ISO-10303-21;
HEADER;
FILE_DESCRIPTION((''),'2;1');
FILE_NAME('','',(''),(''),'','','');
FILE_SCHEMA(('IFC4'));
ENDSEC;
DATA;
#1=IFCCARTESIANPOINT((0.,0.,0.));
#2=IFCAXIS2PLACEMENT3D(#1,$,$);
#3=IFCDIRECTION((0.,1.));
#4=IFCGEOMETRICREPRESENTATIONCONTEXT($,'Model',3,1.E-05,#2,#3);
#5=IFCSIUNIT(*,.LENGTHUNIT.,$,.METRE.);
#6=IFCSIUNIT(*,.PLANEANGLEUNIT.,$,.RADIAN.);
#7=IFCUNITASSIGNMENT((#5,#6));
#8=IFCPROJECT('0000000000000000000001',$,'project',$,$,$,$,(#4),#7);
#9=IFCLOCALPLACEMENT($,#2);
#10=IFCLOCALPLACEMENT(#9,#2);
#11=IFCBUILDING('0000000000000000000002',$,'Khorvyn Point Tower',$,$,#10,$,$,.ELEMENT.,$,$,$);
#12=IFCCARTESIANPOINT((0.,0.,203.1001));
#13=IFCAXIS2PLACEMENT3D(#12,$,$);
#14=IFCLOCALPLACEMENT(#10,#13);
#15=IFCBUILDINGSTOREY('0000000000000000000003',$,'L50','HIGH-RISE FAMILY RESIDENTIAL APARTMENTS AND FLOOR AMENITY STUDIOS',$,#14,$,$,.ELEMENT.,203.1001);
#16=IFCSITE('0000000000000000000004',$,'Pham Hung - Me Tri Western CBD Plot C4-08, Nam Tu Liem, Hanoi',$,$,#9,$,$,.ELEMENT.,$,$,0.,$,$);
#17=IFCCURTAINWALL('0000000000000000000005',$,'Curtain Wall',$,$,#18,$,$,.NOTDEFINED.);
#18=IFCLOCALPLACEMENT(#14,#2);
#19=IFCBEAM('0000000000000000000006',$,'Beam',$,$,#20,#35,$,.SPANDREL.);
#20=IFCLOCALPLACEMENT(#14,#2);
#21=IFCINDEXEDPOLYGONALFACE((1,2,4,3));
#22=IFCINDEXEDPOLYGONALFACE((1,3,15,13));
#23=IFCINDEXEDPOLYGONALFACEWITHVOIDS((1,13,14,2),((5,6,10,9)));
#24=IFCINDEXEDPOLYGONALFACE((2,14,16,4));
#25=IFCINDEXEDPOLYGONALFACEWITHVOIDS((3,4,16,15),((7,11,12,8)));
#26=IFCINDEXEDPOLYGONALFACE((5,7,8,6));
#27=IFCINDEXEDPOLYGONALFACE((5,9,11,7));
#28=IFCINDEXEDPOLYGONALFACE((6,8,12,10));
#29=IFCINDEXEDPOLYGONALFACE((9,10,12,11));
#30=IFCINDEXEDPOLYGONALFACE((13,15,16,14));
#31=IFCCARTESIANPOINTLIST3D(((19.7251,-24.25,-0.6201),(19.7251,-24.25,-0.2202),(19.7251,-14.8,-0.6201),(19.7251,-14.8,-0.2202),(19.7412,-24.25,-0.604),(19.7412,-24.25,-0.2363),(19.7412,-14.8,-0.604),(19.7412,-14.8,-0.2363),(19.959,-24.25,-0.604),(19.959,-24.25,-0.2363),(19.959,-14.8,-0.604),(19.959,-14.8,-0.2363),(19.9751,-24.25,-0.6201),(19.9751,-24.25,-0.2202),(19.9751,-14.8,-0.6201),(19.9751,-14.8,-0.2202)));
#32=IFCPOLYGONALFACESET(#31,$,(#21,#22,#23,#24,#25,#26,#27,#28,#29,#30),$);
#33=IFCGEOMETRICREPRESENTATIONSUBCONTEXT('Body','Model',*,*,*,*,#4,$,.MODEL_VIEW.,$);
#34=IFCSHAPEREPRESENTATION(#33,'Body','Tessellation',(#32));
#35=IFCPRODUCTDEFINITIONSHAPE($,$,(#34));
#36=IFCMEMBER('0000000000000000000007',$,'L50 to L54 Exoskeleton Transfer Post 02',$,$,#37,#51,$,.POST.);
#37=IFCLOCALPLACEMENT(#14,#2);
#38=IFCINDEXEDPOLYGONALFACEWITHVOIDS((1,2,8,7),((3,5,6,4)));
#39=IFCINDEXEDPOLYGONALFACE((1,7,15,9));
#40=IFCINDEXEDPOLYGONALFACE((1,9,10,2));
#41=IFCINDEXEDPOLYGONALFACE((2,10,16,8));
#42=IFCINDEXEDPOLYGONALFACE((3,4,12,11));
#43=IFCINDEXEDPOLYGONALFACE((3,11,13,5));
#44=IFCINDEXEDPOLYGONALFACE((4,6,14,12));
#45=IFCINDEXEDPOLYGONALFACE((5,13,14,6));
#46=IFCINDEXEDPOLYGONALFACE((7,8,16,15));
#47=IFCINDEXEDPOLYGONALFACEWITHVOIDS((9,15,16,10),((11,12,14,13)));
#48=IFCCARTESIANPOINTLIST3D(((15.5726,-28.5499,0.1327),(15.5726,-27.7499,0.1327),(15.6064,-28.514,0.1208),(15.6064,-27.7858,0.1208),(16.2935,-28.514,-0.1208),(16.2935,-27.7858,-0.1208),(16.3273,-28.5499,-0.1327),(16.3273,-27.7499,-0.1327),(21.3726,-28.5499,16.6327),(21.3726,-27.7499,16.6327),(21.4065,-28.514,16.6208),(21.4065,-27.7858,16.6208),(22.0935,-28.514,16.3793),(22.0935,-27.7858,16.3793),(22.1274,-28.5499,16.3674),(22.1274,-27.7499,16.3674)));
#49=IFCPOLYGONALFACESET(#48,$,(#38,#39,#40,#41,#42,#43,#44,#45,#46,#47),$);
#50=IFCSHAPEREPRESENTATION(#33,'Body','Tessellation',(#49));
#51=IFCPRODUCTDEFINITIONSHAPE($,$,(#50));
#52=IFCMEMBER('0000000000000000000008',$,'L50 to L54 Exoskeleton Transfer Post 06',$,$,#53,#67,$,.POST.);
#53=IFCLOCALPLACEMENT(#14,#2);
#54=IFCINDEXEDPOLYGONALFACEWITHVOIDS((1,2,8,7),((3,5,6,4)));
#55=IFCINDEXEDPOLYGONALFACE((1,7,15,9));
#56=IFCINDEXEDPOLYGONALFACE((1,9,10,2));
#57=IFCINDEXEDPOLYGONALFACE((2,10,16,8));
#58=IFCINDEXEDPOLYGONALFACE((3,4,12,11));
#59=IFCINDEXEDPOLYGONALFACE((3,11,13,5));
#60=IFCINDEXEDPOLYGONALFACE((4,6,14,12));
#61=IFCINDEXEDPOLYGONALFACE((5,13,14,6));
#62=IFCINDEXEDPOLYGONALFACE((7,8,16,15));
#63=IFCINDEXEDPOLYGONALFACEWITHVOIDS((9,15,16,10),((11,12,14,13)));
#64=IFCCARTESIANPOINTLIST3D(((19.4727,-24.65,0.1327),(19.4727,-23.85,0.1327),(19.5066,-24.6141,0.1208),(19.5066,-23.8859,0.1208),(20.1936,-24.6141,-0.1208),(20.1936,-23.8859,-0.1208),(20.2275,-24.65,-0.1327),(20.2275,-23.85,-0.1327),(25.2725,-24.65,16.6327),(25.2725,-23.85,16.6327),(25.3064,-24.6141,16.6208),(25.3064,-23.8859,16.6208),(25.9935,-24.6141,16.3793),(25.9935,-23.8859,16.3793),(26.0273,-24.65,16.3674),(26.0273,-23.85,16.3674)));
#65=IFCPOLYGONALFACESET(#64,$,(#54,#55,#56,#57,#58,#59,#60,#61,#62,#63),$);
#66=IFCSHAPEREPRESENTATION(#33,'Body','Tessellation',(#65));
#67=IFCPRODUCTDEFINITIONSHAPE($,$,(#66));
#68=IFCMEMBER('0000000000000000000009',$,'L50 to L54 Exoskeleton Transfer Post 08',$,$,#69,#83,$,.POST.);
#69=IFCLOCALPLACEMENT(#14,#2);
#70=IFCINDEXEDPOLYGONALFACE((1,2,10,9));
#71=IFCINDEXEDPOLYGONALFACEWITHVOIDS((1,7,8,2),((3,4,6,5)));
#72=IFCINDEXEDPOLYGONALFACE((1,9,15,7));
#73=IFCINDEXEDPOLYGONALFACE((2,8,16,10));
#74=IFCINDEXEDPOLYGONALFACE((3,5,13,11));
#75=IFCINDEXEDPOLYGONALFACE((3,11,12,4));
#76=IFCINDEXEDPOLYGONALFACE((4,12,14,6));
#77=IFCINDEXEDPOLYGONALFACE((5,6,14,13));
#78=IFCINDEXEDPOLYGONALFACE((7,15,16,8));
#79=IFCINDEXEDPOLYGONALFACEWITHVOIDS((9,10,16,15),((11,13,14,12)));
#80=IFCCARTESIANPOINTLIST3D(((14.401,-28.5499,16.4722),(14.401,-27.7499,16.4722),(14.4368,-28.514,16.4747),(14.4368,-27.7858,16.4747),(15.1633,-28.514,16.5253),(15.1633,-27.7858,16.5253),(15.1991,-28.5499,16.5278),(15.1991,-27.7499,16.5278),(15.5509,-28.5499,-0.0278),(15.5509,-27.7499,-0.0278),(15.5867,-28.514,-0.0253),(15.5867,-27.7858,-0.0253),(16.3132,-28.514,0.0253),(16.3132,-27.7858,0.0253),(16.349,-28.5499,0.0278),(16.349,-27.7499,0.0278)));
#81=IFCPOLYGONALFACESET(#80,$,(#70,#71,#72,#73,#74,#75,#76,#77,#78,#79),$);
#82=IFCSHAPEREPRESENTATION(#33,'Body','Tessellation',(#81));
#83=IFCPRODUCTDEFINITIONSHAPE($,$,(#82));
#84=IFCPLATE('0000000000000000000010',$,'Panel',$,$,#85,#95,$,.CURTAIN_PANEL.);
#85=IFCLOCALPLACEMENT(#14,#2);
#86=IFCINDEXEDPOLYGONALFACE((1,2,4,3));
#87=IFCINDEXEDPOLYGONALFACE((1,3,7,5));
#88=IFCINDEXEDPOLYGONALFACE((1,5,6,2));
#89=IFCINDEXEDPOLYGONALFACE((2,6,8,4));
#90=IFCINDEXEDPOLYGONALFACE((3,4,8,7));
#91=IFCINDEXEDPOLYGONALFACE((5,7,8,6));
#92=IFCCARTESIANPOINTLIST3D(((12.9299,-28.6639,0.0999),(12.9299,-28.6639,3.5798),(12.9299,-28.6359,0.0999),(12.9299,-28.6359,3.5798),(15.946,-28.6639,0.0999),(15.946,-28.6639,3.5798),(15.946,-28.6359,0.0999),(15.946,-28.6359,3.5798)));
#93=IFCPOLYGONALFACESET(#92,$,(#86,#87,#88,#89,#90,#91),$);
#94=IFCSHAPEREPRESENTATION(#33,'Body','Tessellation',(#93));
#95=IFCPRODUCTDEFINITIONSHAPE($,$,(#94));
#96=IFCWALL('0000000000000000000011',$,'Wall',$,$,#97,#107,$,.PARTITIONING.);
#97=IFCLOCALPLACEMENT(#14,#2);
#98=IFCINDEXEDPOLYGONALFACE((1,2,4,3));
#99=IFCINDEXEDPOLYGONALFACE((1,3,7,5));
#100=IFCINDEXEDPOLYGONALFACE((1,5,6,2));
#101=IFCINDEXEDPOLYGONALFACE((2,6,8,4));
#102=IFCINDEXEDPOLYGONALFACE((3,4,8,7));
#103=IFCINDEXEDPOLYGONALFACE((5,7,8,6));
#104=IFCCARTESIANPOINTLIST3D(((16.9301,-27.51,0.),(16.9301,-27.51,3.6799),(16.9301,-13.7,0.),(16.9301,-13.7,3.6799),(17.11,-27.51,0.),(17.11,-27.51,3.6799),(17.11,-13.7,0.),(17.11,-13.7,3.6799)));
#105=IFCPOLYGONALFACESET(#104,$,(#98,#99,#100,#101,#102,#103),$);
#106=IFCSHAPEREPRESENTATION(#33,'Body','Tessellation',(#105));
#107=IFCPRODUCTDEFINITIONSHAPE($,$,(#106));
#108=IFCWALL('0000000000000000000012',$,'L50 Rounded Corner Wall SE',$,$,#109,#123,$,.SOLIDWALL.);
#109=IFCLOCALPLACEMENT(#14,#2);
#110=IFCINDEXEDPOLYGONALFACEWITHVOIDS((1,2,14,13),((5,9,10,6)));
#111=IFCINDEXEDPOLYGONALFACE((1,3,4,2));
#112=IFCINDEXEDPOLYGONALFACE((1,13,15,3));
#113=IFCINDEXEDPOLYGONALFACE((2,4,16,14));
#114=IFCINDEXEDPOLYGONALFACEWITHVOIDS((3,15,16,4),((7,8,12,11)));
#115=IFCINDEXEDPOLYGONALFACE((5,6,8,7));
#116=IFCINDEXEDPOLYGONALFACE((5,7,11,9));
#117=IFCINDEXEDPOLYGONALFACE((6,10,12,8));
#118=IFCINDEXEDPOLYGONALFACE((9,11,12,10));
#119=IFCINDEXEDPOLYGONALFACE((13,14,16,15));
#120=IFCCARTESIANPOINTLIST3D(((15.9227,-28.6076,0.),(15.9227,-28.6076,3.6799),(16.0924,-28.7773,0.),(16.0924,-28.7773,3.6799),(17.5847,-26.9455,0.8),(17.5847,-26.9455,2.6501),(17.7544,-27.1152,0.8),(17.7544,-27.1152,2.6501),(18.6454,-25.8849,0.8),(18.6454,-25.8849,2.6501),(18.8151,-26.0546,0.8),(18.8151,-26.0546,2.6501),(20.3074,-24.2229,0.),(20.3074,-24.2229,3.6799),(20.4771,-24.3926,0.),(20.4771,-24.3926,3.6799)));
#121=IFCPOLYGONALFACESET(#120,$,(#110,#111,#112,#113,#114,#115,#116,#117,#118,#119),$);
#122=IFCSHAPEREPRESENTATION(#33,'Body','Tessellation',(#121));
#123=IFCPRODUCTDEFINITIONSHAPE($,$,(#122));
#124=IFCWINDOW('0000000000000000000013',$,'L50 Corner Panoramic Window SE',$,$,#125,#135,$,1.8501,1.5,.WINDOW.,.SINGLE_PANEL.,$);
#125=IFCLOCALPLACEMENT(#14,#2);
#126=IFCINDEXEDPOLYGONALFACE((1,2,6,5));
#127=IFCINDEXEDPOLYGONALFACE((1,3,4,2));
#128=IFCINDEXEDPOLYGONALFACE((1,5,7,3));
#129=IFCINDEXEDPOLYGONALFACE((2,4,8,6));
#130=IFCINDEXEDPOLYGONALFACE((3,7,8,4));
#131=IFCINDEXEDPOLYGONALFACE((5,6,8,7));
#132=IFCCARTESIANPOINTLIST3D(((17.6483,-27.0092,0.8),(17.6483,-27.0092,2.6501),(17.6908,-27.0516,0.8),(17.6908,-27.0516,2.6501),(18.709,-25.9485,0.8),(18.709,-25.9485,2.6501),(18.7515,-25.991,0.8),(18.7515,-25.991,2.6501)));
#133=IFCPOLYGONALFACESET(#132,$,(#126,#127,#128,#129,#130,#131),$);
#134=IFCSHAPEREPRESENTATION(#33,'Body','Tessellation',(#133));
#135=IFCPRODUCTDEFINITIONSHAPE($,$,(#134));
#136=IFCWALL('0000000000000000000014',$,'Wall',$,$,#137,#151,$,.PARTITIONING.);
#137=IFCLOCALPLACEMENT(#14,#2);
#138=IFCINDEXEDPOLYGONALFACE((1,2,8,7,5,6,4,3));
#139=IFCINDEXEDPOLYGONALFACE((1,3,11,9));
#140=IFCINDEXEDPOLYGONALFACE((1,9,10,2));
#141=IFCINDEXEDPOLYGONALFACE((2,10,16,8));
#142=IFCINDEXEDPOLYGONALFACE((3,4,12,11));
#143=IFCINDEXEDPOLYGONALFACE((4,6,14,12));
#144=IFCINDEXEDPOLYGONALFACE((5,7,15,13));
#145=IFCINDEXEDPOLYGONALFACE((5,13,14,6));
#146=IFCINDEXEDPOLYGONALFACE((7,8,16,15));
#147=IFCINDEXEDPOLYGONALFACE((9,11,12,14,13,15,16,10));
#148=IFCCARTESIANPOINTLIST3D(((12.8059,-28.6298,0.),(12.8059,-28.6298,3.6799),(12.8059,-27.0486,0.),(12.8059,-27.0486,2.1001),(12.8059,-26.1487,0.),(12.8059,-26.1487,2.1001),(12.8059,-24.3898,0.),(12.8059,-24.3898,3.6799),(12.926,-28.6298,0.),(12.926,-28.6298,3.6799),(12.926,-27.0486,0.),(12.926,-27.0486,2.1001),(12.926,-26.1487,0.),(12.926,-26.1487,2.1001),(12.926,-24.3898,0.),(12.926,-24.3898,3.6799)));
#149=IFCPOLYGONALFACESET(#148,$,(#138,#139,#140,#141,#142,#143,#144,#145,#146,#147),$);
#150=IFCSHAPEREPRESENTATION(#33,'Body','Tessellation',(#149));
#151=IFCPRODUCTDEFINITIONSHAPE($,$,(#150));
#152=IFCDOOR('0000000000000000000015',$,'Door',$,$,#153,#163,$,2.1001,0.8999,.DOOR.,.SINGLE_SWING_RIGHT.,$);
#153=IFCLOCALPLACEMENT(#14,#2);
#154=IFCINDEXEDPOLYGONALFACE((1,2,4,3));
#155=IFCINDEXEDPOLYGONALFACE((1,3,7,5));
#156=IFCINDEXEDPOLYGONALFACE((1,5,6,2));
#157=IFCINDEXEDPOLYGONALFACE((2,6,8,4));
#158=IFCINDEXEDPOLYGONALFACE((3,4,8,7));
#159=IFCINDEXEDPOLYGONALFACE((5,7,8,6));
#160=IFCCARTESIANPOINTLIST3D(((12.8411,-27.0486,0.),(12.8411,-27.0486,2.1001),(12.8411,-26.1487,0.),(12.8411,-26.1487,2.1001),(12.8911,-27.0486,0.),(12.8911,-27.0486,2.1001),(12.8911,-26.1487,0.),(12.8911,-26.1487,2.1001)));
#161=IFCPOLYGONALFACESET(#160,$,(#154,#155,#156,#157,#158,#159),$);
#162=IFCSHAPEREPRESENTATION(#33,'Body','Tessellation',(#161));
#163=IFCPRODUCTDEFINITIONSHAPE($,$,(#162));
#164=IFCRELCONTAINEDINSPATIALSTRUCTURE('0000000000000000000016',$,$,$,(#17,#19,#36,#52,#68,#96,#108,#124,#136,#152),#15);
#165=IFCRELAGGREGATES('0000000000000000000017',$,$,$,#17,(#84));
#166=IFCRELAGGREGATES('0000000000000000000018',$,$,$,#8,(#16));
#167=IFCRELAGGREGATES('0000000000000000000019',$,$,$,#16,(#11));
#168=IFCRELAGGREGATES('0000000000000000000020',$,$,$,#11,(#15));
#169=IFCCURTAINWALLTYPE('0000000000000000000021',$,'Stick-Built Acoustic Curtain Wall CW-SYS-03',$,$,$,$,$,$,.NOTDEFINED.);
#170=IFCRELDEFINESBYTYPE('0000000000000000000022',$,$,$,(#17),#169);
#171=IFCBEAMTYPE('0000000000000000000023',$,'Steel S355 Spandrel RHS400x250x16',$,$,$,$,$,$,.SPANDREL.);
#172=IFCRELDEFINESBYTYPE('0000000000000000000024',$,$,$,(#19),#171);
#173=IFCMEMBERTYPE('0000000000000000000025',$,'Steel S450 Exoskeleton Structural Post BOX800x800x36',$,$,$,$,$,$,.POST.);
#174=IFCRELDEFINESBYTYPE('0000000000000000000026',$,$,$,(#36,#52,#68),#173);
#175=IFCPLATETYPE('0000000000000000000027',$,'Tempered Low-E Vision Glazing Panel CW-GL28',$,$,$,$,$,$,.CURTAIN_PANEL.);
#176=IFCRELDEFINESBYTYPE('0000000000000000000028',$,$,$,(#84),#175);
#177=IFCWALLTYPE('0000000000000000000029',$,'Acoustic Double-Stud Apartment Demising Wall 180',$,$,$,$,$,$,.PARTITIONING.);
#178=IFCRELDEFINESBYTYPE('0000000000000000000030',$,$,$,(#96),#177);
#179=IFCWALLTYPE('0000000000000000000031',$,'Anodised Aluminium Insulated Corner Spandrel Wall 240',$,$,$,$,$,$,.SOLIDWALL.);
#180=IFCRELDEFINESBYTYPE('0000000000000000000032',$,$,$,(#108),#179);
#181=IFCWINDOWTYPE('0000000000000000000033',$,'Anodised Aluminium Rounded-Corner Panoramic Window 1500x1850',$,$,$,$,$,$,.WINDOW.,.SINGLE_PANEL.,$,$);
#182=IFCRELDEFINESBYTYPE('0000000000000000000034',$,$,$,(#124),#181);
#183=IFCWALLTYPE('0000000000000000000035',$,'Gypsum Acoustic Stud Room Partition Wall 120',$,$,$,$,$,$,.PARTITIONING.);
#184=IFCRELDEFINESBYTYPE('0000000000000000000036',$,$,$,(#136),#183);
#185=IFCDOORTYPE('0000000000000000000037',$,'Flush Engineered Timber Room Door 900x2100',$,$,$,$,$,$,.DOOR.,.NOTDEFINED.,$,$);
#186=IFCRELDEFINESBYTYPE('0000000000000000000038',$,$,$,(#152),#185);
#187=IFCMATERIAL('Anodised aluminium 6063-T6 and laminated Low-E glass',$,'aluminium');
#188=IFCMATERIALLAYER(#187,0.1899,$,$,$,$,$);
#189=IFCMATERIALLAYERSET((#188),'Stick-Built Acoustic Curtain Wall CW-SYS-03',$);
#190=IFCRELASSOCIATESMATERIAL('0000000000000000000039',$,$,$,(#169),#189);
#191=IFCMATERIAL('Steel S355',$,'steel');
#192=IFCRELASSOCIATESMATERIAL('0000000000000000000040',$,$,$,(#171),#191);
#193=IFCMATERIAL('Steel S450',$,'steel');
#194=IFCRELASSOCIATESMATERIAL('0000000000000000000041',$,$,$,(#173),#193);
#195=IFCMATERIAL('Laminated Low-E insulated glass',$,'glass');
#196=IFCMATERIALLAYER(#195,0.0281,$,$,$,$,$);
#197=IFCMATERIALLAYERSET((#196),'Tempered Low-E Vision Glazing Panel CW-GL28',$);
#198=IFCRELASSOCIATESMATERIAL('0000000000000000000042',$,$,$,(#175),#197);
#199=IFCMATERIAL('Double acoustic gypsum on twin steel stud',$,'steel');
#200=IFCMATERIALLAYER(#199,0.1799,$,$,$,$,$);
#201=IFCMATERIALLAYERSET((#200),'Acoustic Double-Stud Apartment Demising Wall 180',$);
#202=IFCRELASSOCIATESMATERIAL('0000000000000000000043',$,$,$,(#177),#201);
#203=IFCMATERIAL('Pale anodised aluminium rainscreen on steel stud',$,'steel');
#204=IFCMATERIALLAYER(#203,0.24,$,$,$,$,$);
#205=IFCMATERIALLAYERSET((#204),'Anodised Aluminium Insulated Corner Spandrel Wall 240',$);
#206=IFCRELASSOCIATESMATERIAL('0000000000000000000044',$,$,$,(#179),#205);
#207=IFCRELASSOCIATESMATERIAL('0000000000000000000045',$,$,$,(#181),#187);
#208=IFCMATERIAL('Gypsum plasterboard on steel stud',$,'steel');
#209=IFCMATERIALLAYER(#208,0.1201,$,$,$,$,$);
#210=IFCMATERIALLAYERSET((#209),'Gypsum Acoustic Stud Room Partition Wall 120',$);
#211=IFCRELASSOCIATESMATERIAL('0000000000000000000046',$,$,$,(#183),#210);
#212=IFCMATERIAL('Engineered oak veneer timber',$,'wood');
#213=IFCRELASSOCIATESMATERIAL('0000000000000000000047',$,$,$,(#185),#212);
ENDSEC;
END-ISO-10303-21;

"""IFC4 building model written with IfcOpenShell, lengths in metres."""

from ifc_helpers import new_model, si_unit, direction, frame, frame_2d, origin, origin_2d, place, context, subcontext, project, spatial, rectangle, hollow_rectangle, extrude, material, layer, layer_set, material_profile, profile_set, type_object, element, fill, aggregate, save


model = new_model("IFC4")

# Units and contexts
model_context = context("Model", 3, precision=1e-05, world=origin(), true_north=direction((0.0, 1.0)))
body_context = subcontext(model_context, "Body", "Model", "MODEL_VIEW")
ifc_project = project(units=[si_unit("LENGTHUNIT", "METRE"), si_unit("PLANEANGLEUNIT", "RADIAN")], contexts=[model_context])

# Site, building, storey
site_placement = place(None, origin())
site = spatial("IfcSite", under=ifc_project, at=site_placement, Name="Pham Hung - Me Tri Western CBD Plot C4-08, Nam Tu Liem, Hanoi", CompositionType="ELEMENT", RefElevation=0.0)
building_placement = place(site_placement, origin())
building = spatial("IfcBuilding", under=site, at=building_placement, Name="Khorvyn Point Tower", CompositionType="ELEMENT")
storey_placement = place(building_placement, frame((0.0, 0.0, 203.1001)))
storey = spatial("IfcBuildingStorey", under=building, at=storey_placement, Name="L50", Description="HIGH-RISE FAMILY RESIDENTIAL APARTMENTS AND FLOOR AMENITY STUDIOS", CompositionType="ELEMENT", Elevation=203.1001)

# Shared definitions
ifc_material_1 = material(Name="Steel S450", Category="steel")

# Curtain wall
ifc_material_2 = material(Name="Anodised aluminium 6063-T6 and laminated Low-E glass", Category="aluminium")
ifc_layer_1 = layer(ifc_material_2, 0.1899)
ifc_layer_set_1 = layer_set([ifc_layer_1], Name="Stick-Built Acoustic Curtain Wall CW-SYS-03")
curtain_wall_type = type_object("IfcCurtainWallType", Name="Stick-Built Acoustic Curtain Wall CW-SYS-03", PredefinedType="NOTDEFINED", material=ifc_layer_set_1)
curtain_wall_1_placement = place(storey_placement, origin())
curtain_wall_1 = element("IfcCurtainWall", 1, at=curtain_wall_1_placement, inside=storey, type_object=curtain_wall_type, Name="Curtain Wall", PredefinedType="NOTDEFINED")

# Beam
ifc_material_3 = material(Name="Steel S355", Category="steel")
ifc_material_profile_1 = material_profile(ifc_material_3, hollow_rectangle(XDim=0.25, YDim=0.3999, WallThickness=0.0161, at=origin_2d()))
ifc_profile_set_1 = profile_set([ifc_material_profile_1], Name="Steel S355 RHS400x250x16")
beam_type_1 = type_object("IfcBeamType", Name="Steel S355 Spandrel RHS400x250x16", PredefinedType="SPANDREL", material=ifc_profile_set_1)
beam_1_placement = place(storey_placement, frame((19.8501, -24.25, -0.4202), z_axis=(0.0, 1.0, 0.0), x_axis=(-1.0, 0.0, 0.0)))
element("IfcBeam", 2, at=beam_1_placement, inside=storey, type_object=beam_type_1, Name="Beam", PredefinedType="SPANDREL", context=body_context, shape_type="SweptSolid", body=[
    extrude(hollow_rectangle(XDim=0.25, YDim=0.3999, WallThickness=0.0161, at=origin_2d()), origin(), (0.0, 0.0, 1.0), 9.45),
])

# Members
ifc_material_profile_2 = material_profile(ifc_material_1, hollow_rectangle(XDim=0.8, YDim=0.8, WallThickness=0.0359, at=origin_2d()))
ifc_profile_set_2 = profile_set([ifc_material_profile_2], Name="Steel S450 BOX800x800x36")
member_type_1 = type_object("IfcMemberType", Name="Steel S450 Exoskeleton Structural Post BOX800x800x36", PredefinedType="POST", material=ifc_profile_set_2)
for number, where, z_axis, x_axis, name in (
    (3, (15.95, -28.1499, 0.0), (0.331626, 0.0, 0.943411), (0.0, 1.0, 0.0), "L50 to L54 Exoskeleton Transfer Post 02"),
    (4, (19.8501, -24.25, 0.0), (0.331614, 0.0, 0.943415), (0.0, 1.0, 0.0), "L50 to L54 Exoskeleton Transfer Post 06"),
):
    element("IfcMember", number, at=place(storey_placement, frame(where, z_axis=z_axis, x_axis=x_axis)), inside=storey, type_object=member_type_1, Name=name, PredefinedType="POST", context=body_context, shape_type="SweptSolid", body=[
        extrude(hollow_rectangle(XDim=0.8, YDim=0.8, WallThickness=0.0359, at=origin_2d()), origin(), (0.0, 0.0, 1.0), 17.4897),
    ])
member_1_placement = place(storey_placement, frame((15.95, -28.1499, 0.0), z_axis=(-0.069522, 0.0, 0.99758), x_axis=(0.0, -1.0, 0.0)))
element("IfcMember", 5, at=member_1_placement, inside=storey, type_object=member_type_1, Name="L50 to L54 Exoskeleton Transfer Post 08", PredefinedType="POST", context=body_context, shape_type="SweptSolid", body=[
    extrude(hollow_rectangle(XDim=0.8, YDim=0.8, WallThickness=0.0359, at=origin_2d()), origin(), (0.0, 0.0, 1.0), 16.54),
])

# Plate
ifc_material_4 = material(Name="Laminated Low-E insulated glass", Category="glass")
ifc_layer_2 = layer(ifc_material_4, 0.0281)
ifc_layer_set_2 = layer_set([ifc_layer_2], Name="Tempered Low-E Vision Glazing Panel CW-GL28")
plate_type = type_object("IfcPlateType", Name="Tempered Low-E Vision Glazing Panel CW-GL28", PredefinedType="CURTAIN_PANEL", material=ifc_layer_set_2)
plate_placement = place(storey_placement, frame((14.438, -28.6499, 0.0999), z_axis=(0.0, 0.0, 1.0), x_axis=(-1.0, 0.0, 0.0)))
plate = element("IfcPlate", 6, at=plate_placement, type_object=plate_type, Name="Panel", PredefinedType="CURTAIN_PANEL", context=body_context, shape_type="SweptSolid", body=[
    extrude(rectangle(XDim=3.0161, YDim=0.0281, at=origin_2d()), origin(), (0.0, 0.0, 1.0), 3.48),
])
aggregate(curtain_wall_1, [plate])

# Wall
ifc_material_5 = material(Name="Double acoustic gypsum on twin steel stud", Category="steel")
ifc_layer_3 = layer(ifc_material_5, 0.1799)
ifc_layer_set_3 = layer_set([ifc_layer_3], Name="Acoustic Double-Stud Apartment Demising Wall 180")
wall_type_1 = type_object("IfcWallType", Name="Acoustic Double-Stud Apartment Demising Wall 180", PredefinedType="PARTITIONING", material=ifc_layer_set_3)
wall_1_placement = place(storey_placement, frame((17.02, -27.51, 0.0), z_axis=(0.0, 0.0, 1.0), x_axis=(0.0, 1.0, 0.0)))
element("IfcWall", 7, at=wall_1_placement, inside=storey, type_object=wall_type_1, Name="Wall", PredefinedType="PARTITIONING", context=body_context, shape_type="SweptSolid", body=[
    extrude(rectangle(XDim=13.8101, YDim=0.1799, at=frame_2d((6.905, 0.0))), origin(), (0.0, 0.0, 1.0), 3.6799),
])

# Wall, opening, window
ifc_material_6 = material(Name="Pale anodised aluminium rainscreen on steel stud", Category="steel")
ifc_layer_4 = layer(ifc_material_6, 0.24)
ifc_layer_set_4 = layer_set([ifc_layer_4], Name="Anodised Aluminium Insulated Corner Spandrel Wall 240")
wall_type_2 = type_object("IfcWallType", Name="Anodised Aluminium Insulated Corner Spandrel Wall 240", PredefinedType="SOLIDWALL", material=ifc_layer_set_4)
wall_2_placement = place(storey_placement, frame((20.3923, -24.3076, 0.0), z_axis=(0.0, 0.0, 1.0), x_axis=(-0.707107, -0.707107, 0.0)))
wall_2 = element("IfcWall", 8, at=wall_2_placement, inside=storey, type_object=wall_type_2, Name="L50 Rounded Corner Wall SE", PredefinedType="SOLIDWALL", context=body_context, shape_type="SweptSolid", body=[
    extrude(rectangle(XDim=6.2009, YDim=0.24, at=frame_2d((3.1006, 0.0))), origin(), (0.0, 0.0, 1.0), 3.6799),
])
opening_1_placement = place(wall_2_placement, frame((2.3506, 0.0, 0.8)))
opening_1 = element("IfcOpeningElement", 9, at=opening_1_placement, cuts=wall_2, PredefinedType="OPENING", context=body_context, shape_type="SweptSolid", body=[
    extrude(rectangle(XDim=1.5, YDim=1.8501, at=frame_2d((0.75, 0.925))), frame((0.0, 0.1299, 0.0), z_axis=(0.0, -1.0, 0.0), x_axis=(1.0, 0.0, 0.0)), (0.0, 0.0, 1.0), 0.26),
])
window_type = type_object("IfcWindowType", Name="Anodised Aluminium Rounded-Corner Panoramic Window 1500x1850", PartitioningType="SINGLE_PANEL", PredefinedType="WINDOW", material=ifc_material_2)
window_placement = place(opening_1_placement, origin())
window = element("IfcWindow", 10, at=window_placement, inside=storey, type_object=window_type, Name="L50 Corner Panoramic Window SE", OverallHeight=1.8501, OverallWidth=1.5, PartitioningType="SINGLE_PANEL", PredefinedType="WINDOW", context=body_context, shape_type="SweptSolid", body=[
    extrude(rectangle(XDim=1.5, YDim=1.8501, at=frame_2d((0.75, 0.925))), frame((0.0, 0.03, 0.0), z_axis=(0.0, -1.0, 0.0), x_axis=(1.0, 0.0, 0.0)), (0.0, 0.0, 1.0), 0.0601),
])
fill(opening_1, window)

# Wall, opening, door
ifc_material_7 = material(Name="Gypsum plasterboard on steel stud", Category="steel")
ifc_layer_5 = layer(ifc_material_7, 0.1201)
ifc_layer_set_5 = layer_set([ifc_layer_5], Name="Gypsum Acoustic Stud Room Partition Wall 120")
wall_type_3 = type_object("IfcWallType", Name="Gypsum Acoustic Stud Room Partition Wall 120", PredefinedType="PARTITIONING", material=ifc_layer_set_5)
wall_3_placement = place(storey_placement, frame((12.866, -28.6299, 0.0), z_axis=(0.0, 0.0, 1.0), x_axis=(0.0, 1.0, 0.0)))
wall_3 = element("IfcWall", 11, at=wall_3_placement, inside=storey, type_object=wall_type_3, Name="Wall", PredefinedType="PARTITIONING", context=body_context, shape_type="SweptSolid", body=[
    extrude(rectangle(XDim=4.24, YDim=0.1201, at=frame_2d((2.1201, 0.0))), origin(), (0.0, 0.0, 1.0), 3.6799),
])
opening_2_placement = place(wall_3_placement, frame((1.5813, 0.0, 0.0)))
opening_2 = element("IfcOpeningElement", 12, at=opening_2_placement, cuts=wall_3, PredefinedType="OPENING", context=body_context, shape_type="SweptSolid", body=[
    extrude(rectangle(XDim=0.8999, YDim=2.1001, at=frame_2d((0.45, 1.05))), frame((0.0, 0.0701, 0.0), z_axis=(0.0, -1.0, 0.0), x_axis=(1.0, 0.0, 0.0)), (0.0, 0.0, 1.0), 0.1401),
])
ifc_material_8 = material(Name="Engineered oak veneer timber", Category="wood")
door_type_1 = type_object("IfcDoorType", Name="Flush Engineered Timber Room Door 900x2100", OperationType="NOTDEFINED", PredefinedType="DOOR", material=ifc_material_8)
door_1_placement = place(opening_2_placement, origin())
door_1 = element("IfcDoor", 13, at=door_1_placement, inside=storey, type_object=door_type_1, Name="Door", OperationType="SINGLE_SWING_RIGHT", OverallHeight=2.1001, OverallWidth=0.8999, PredefinedType="DOOR", context=body_context, shape_type="SweptSolid", body=[
    extrude(rectangle(XDim=0.8999, YDim=2.1001, at=frame_2d((0.45, 1.05))), frame((0.0, 0.0249, 0.0), z_axis=(0.0, -1.0, 0.0), x_axis=(1.0, 0.0, 0.0)), (0.0, 0.0, 1.0), 0.05),
])
fill(opening_2, door_1)

save(model, "model.ifc")
